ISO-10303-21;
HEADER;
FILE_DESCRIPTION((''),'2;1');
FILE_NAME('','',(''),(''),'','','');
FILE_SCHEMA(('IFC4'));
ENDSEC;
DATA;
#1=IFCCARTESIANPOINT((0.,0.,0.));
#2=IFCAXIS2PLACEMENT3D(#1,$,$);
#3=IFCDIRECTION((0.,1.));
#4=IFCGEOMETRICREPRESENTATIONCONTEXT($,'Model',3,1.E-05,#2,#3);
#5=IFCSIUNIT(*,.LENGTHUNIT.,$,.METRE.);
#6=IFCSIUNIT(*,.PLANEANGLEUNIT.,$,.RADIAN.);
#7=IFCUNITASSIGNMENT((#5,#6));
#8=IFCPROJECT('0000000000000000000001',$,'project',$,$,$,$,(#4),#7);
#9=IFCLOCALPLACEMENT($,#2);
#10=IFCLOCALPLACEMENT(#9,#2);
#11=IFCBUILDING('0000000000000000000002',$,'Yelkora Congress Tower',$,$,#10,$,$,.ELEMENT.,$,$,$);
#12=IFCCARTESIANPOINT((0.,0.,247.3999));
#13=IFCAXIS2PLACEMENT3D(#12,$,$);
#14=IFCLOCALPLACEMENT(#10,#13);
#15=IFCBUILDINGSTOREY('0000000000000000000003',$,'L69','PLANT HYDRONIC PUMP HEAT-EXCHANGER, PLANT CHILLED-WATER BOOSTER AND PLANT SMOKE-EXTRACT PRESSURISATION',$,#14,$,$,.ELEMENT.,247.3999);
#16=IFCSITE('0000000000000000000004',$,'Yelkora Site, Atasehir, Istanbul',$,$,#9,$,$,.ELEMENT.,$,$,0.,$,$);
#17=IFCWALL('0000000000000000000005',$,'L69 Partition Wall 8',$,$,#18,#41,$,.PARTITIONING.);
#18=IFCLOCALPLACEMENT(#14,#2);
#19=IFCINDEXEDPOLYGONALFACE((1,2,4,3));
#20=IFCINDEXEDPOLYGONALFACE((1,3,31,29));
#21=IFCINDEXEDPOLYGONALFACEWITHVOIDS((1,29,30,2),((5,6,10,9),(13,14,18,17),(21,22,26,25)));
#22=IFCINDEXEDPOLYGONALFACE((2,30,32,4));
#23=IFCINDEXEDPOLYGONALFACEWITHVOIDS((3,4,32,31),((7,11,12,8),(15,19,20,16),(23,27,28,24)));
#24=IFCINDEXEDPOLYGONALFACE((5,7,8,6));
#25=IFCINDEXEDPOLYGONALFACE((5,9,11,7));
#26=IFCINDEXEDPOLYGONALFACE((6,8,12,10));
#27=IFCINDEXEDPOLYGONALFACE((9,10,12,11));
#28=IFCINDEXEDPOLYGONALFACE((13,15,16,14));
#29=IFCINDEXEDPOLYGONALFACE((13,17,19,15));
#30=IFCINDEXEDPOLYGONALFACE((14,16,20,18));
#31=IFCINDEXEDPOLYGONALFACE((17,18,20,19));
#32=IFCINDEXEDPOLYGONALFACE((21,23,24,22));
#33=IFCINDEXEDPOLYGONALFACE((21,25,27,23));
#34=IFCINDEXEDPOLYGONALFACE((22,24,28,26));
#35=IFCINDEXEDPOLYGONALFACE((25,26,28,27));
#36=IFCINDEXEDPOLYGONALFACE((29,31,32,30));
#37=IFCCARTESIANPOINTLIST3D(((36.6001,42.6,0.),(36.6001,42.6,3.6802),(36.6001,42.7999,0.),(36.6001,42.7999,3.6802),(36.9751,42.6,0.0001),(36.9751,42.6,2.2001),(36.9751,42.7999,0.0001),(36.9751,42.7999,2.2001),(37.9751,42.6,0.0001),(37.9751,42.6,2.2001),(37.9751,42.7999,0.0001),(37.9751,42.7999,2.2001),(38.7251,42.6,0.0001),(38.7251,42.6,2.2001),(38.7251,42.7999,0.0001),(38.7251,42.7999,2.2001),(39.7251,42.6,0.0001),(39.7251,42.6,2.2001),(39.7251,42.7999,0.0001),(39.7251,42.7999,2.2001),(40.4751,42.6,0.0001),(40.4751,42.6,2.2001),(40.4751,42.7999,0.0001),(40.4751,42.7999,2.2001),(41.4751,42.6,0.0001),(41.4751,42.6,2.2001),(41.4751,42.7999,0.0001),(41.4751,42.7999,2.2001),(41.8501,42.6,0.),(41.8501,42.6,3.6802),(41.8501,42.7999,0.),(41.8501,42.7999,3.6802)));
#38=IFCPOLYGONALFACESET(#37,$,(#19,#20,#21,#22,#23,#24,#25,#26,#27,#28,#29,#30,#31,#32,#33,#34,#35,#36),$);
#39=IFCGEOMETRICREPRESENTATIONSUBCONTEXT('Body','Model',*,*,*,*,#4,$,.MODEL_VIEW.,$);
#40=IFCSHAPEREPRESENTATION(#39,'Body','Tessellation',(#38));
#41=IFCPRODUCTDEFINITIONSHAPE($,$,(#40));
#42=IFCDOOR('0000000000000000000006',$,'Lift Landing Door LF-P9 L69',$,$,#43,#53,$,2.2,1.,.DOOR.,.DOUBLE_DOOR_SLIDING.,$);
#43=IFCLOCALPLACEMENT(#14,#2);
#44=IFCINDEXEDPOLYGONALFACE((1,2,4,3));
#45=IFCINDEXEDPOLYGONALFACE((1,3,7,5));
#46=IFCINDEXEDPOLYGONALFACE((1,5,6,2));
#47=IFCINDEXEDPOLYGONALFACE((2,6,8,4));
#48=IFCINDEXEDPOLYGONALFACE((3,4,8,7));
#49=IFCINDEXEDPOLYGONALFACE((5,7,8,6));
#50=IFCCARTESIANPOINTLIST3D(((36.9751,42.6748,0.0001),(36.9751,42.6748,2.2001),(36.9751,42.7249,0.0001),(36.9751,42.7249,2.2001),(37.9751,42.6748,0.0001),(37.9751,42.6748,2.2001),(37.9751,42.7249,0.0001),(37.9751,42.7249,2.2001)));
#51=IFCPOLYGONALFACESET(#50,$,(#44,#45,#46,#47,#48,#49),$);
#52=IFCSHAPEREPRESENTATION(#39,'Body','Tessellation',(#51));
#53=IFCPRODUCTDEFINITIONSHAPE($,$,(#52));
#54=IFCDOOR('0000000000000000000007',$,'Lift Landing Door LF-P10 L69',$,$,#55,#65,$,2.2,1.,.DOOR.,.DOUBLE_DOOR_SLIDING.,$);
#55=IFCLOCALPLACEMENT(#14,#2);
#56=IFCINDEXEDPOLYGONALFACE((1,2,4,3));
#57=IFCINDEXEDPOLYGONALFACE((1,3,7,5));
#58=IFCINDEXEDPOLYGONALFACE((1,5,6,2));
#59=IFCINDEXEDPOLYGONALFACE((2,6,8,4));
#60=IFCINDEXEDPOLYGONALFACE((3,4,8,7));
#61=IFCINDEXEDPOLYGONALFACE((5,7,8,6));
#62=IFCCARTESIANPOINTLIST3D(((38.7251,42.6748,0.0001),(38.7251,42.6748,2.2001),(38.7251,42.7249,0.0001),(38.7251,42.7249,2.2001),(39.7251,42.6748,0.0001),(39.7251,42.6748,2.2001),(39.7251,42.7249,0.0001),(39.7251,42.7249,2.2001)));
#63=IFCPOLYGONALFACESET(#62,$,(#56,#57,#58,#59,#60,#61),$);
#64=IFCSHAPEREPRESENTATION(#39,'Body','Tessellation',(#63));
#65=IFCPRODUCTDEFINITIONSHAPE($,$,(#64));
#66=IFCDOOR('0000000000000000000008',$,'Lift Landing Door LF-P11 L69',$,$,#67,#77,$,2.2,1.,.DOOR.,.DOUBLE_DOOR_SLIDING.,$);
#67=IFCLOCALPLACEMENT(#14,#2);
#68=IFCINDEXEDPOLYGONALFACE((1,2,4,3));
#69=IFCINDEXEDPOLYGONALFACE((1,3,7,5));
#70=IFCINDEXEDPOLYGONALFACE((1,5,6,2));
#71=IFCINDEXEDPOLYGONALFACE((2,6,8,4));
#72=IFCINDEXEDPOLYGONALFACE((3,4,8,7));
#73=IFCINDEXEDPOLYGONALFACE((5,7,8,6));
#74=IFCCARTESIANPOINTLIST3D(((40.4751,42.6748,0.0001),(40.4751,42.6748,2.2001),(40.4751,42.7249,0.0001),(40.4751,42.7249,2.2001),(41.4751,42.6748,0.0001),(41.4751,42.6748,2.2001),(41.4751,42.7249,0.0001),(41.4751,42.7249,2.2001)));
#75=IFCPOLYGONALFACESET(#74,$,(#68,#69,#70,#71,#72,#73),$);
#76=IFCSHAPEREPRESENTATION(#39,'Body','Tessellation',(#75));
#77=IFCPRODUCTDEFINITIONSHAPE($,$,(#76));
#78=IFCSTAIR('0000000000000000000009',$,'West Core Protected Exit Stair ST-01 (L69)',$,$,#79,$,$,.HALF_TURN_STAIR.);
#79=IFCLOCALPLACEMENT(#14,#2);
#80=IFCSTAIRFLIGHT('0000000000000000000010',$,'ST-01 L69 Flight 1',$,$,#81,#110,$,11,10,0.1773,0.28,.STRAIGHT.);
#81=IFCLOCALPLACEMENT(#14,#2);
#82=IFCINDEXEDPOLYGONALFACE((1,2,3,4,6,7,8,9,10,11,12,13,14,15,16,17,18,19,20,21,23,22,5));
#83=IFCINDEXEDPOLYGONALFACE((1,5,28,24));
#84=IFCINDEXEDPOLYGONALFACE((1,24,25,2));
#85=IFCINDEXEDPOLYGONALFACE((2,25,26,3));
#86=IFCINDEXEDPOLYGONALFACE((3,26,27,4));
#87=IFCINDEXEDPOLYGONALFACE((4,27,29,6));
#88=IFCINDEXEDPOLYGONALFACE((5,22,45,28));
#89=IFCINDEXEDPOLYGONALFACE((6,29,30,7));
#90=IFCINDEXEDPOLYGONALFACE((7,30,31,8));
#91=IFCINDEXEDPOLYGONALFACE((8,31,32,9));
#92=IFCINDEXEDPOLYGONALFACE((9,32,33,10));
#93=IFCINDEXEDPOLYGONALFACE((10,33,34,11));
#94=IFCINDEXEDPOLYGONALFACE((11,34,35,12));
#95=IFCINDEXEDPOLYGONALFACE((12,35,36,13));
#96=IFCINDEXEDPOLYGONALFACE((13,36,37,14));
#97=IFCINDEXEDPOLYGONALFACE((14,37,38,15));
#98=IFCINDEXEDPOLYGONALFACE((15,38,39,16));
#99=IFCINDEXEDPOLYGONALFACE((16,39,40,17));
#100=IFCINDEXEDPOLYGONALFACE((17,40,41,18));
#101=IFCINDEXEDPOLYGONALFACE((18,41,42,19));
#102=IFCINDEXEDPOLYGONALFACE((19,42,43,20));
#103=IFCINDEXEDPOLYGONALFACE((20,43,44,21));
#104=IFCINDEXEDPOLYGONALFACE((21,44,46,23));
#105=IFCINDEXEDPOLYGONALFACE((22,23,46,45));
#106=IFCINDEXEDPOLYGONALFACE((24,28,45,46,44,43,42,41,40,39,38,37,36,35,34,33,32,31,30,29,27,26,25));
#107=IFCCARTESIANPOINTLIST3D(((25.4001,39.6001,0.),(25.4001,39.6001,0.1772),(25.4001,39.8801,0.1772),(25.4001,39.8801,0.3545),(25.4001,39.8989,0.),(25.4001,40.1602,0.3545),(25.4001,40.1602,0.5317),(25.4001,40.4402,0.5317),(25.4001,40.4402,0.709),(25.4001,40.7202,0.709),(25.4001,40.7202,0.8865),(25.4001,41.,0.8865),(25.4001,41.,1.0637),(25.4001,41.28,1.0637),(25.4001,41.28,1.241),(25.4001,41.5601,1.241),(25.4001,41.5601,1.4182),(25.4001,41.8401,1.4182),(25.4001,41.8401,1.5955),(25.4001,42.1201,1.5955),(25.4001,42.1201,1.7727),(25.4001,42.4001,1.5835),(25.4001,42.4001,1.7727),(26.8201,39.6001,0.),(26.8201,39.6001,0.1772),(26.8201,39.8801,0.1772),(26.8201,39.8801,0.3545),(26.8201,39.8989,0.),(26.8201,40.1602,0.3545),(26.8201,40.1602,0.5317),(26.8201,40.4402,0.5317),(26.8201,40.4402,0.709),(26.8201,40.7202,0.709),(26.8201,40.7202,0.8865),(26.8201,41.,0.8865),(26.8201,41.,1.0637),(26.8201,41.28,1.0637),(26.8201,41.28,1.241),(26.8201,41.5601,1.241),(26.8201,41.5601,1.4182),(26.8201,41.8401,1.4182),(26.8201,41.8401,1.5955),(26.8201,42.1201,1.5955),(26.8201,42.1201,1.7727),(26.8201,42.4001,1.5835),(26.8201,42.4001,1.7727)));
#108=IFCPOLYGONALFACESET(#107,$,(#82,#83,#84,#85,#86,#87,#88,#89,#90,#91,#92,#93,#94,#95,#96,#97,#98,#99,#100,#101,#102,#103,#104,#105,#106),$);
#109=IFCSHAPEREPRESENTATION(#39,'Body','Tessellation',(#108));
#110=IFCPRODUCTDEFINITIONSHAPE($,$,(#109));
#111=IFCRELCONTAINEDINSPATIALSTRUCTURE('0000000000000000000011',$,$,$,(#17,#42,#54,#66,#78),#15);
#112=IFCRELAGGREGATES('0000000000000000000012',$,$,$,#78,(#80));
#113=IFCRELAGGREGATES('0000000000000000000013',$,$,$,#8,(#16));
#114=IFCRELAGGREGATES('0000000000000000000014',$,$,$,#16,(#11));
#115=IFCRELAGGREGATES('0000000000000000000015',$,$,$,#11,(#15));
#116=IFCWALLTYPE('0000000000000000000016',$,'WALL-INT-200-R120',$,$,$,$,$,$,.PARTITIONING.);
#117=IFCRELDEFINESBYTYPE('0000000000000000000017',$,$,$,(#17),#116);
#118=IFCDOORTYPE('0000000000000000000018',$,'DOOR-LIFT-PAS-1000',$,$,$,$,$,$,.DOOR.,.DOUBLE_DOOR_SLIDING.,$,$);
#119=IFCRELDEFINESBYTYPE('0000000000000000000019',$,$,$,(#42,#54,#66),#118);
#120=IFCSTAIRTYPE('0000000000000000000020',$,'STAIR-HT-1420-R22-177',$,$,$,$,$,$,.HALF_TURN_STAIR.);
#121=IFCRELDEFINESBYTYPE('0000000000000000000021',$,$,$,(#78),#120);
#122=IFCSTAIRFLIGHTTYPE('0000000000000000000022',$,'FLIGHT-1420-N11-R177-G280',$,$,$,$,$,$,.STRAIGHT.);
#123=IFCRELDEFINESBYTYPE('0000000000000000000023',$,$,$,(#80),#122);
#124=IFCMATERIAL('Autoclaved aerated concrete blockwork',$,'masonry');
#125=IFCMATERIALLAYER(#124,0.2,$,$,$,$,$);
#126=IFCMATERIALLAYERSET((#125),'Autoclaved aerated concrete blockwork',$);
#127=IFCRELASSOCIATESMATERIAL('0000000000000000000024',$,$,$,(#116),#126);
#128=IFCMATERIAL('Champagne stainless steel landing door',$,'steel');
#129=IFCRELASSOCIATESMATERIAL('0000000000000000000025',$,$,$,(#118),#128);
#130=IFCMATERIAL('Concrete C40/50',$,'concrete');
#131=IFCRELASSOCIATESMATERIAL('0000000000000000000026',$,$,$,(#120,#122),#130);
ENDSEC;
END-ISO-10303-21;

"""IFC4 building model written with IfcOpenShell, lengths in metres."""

from ifc_helpers import new_model, si_unit, direction, frame, frame_2d, origin, place, context, subcontext, project, spatial, polyline, rectangle, outline, extrude, material, layer, layer_set, type_object, element, fill, aggregate, save


model = new_model("IFC4")

# Units and contexts
model_context = context("Model", 3, precision=1e-05, world=origin(), true_north=direction((0.0, 1.0)))
body_context = subcontext(model_context, "Body", "Model", "MODEL_VIEW")
ifc_project = project(units=[si_unit("LENGTHUNIT", "METRE"), si_unit("PLANEANGLEUNIT", "RADIAN")], contexts=[model_context])

# Site, building, storey
site_placement = place(None, origin())
site = spatial("IfcSite", under=ifc_project, at=site_placement, Name="Yelkora Site, Atasehir, Istanbul", CompositionType="ELEMENT", RefElevation=0.0)
building_placement = place(site_placement, origin())
building = spatial("IfcBuilding", under=site, at=building_placement, Name="Yelkora Congress Tower", CompositionType="ELEMENT")
storey_placement = place(building_placement, frame((0.0, 0.0, 247.3999)))
storey = spatial("IfcBuildingStorey", under=building, at=storey_placement, Name="L69", Description="PLANT HYDRONIC PUMP HEAT-EXCHANGER, PLANT CHILLED-WATER BOOSTER AND PLANT SMOKE-EXTRACT PRESSURISATION", CompositionType="ELEMENT", Elevation=247.3999)

# Shared definitions
ifc_material_1 = material(Name="Autoclaved aerated concrete blockwork", Category="masonry")
ifc_layer_1 = layer(ifc_material_1, 0.2)
ifc_layer_set_1 = layer_set([ifc_layer_1], Name="Autoclaved aerated concrete blockwork")
wall_type_1 = type_object("IfcWallType", Name="WALL-INT-200-R120", PredefinedType="PARTITIONING", material=ifc_layer_set_1)

# Wall, openings, doors
wall_1_placement = place(storey_placement, frame((36.6001, 42.7, 0.0), z_axis=(0.0, 0.0, 1.0), x_axis=(1.0, 0.0, 0.0)))
wall_1 = element("IfcWall", 1, at=wall_1_placement, inside=storey, type_object=wall_type_1, Name="L69 Partition Wall 8", PredefinedType="PARTITIONING", context=body_context, shape_type="SweptSolid", body=[
    extrude(rectangle(XDim=5.25, YDim=0.2, at=frame_2d((2.625, 0.0))), origin(), (0.0, 0.0, 1.0), 3.6802),
])
opening_1_placement = place(wall_1_placement, frame((0.375, 0.0, 0.0)))
opening_1 = element("IfcOpeningElement", 2, at=opening_1_placement, cuts=wall_1, PredefinedType="OPENING", context=body_context, shape_type="SweptSolid", body=[
    extrude(rectangle(XDim=1.0, YDim=2.2, at=frame_2d((0.5, 1.1001))), frame((0.0, 0.1099, 0.0), z_axis=(0.0, -1.0, 0.0), x_axis=(1.0, 0.0, 0.0)), (0.0, 0.0, 1.0), 0.22),
])
opening_2_placement = place(wall_1_placement, frame((2.125, 0.0, 0.0)))
opening_2 = element("IfcOpeningElement", 3, at=opening_2_placement, cuts=wall_1, PredefinedType="OPENING", context=body_context, shape_type="SweptSolid", body=[
    extrude(rectangle(XDim=1.0, YDim=2.2, at=frame_2d((0.5, 1.1001))), frame((0.0, 0.1099, 0.0), z_axis=(0.0, -1.0, 0.0), x_axis=(1.0, 0.0, 0.0)), (0.0, 0.0, 1.0), 0.22),
])
opening_3_placement = place(wall_1_placement, frame((3.875, 0.0, 0.0)))
opening_3 = element("IfcOpeningElement", 4, at=opening_3_placement, cuts=wall_1, PredefinedType="OPENING", context=body_context, shape_type="SweptSolid", body=[
    extrude(rectangle(XDim=1.0, YDim=2.2, at=frame_2d((0.5, 1.1001))), frame((0.0, 0.1099, 0.0), z_axis=(0.0, -1.0, 0.0), x_axis=(1.0, 0.0, 0.0)), (0.0, 0.0, 1.0), 0.22),
])
ifc_material_2 = material(Name="Champagne stainless steel landing door", Category="steel")
door_type_1 = type_object("IfcDoorType", Name="DOOR-LIFT-PAS-1000", OperationType="DOUBLE_DOOR_SLIDING", PredefinedType="DOOR", material=ifc_material_2)
door_1_placement = place(opening_1_placement, origin())
door_1 = element("IfcDoor", 5, at=door_1_placement, inside=storey, type_object=door_type_1, Name="Lift Landing Door LF-P9 L69", OperationType="DOUBLE_DOOR_SLIDING", OverallHeight=2.2, OverallWidth=1.0, PredefinedType="DOOR", context=body_context, shape_type="SweptSolid", body=[
    extrude(rectangle(XDim=1.0, YDim=2.2, at=frame_2d((0.5, 1.1001))), frame((0.0, 0.0249, 0.0), z_axis=(0.0, -1.0, 0.0), x_axis=(1.0, 0.0, 0.0)), (0.0, 0.0, 1.0), 0.05),
])
fill(opening_1, door_1)
door_2_placement = place(opening_2_placement, origin())
door_2 = element("IfcDoor", 6, at=door_2_placement, inside=storey, type_object=door_type_1, Name="Lift Landing Door LF-P10 L69", OperationType="DOUBLE_DOOR_SLIDING", OverallHeight=2.2, OverallWidth=1.0, PredefinedType="DOOR", context=body_context, shape_type="SweptSolid", body=[
    extrude(rectangle(XDim=1.0, YDim=2.2, at=frame_2d((0.5, 1.1001))), frame((0.0, 0.0249, 0.0), z_axis=(0.0, -1.0, 0.0), x_axis=(1.0, 0.0, 0.0)), (0.0, 0.0, 1.0), 0.05),
])
fill(opening_2, door_2)
door_3_placement = place(opening_3_placement, origin())
door_3 = element("IfcDoor", 7, at=door_3_placement, inside=storey, type_object=door_type_1, Name="Lift Landing Door LF-P11 L69", OperationType="DOUBLE_DOOR_SLIDING", OverallHeight=2.2, OverallWidth=1.0, PredefinedType="DOOR", context=body_context, shape_type="SweptSolid", body=[
    extrude(rectangle(XDim=1.0, YDim=2.2, at=frame_2d((0.5, 1.1001))), frame((0.0, 0.0249, 0.0), z_axis=(0.0, -1.0, 0.0), x_axis=(1.0, 0.0, 0.0)), (0.0, 0.0, 1.0), 0.05),
])
fill(opening_3, door_3)

# Stair, stair flight
ifc_material_3 = material(Name="Concrete C40/50", Category="concrete")
stair_type = type_object("IfcStairType", Name="STAIR-HT-1420-R22-177", PredefinedType="HALF_TURN_STAIR", material=ifc_material_3)
stair_placement = place(storey_placement, origin())
stair = element("IfcStair", 8, at=stair_placement, inside=storey, type_object=stair_type, Name="West Core Protected Exit Stair ST-01 (L69)", PredefinedType="HALF_TURN_STAIR")
stair_flight_type = type_object("IfcStairFlightType", Name="FLIGHT-1420-N11-R177-G280", PredefinedType="STRAIGHT", material=ifc_material_3)
stair_flight_placement = place(storey_placement, frame((26.1101, 39.6001, 0.0), z_axis=(0.0, 0.0, 1.0), x_axis=(0.0, 1.0, 0.0)))
stair_flight = element("IfcStairFlight", 9, at=stair_flight_placement, type_object=stair_flight_type, Name="ST-01 L69 Flight 1", NumberOfRisers=11, NumberOfTreads=10, PredefinedType="STRAIGHT", RiserHeight=0.1773, TreadLength=0.28, context=body_context, shape_type="SweptSolid", body=[
    extrude(outline(polyline([(0.0, 0.0), (0.0, 0.1772), (0.28, 0.1772), (0.28, 0.3545), (0.5601, 0.3545), (0.5601, 0.5317), (0.8401, 0.5317), (0.8401, 0.709), (1.1201, 0.709), (1.1201, 0.8865), (1.3999, 0.8865), (1.3999, 1.0637), (1.6799, 1.0637), (1.6799, 1.241), (1.96, 1.241), (1.96, 1.4182), (2.24, 1.4182), (2.24, 1.5955), (2.52, 1.5955), (2.52, 1.7727), (2.8, 1.7727), (2.8, 1.95), (2.8, 1.5835), (0.2988, 0.0), (0.0, 0.0)])), frame((0.0, 0.71, 0.0), z_axis=(0.0, -1.0, 0.0), x_axis=(1.0, 0.0, 0.0)), (0.0, 0.0, 1.0), 1.4199),
])
aggregate(stair, [stair_flight])

save(model, "model.ifc")
